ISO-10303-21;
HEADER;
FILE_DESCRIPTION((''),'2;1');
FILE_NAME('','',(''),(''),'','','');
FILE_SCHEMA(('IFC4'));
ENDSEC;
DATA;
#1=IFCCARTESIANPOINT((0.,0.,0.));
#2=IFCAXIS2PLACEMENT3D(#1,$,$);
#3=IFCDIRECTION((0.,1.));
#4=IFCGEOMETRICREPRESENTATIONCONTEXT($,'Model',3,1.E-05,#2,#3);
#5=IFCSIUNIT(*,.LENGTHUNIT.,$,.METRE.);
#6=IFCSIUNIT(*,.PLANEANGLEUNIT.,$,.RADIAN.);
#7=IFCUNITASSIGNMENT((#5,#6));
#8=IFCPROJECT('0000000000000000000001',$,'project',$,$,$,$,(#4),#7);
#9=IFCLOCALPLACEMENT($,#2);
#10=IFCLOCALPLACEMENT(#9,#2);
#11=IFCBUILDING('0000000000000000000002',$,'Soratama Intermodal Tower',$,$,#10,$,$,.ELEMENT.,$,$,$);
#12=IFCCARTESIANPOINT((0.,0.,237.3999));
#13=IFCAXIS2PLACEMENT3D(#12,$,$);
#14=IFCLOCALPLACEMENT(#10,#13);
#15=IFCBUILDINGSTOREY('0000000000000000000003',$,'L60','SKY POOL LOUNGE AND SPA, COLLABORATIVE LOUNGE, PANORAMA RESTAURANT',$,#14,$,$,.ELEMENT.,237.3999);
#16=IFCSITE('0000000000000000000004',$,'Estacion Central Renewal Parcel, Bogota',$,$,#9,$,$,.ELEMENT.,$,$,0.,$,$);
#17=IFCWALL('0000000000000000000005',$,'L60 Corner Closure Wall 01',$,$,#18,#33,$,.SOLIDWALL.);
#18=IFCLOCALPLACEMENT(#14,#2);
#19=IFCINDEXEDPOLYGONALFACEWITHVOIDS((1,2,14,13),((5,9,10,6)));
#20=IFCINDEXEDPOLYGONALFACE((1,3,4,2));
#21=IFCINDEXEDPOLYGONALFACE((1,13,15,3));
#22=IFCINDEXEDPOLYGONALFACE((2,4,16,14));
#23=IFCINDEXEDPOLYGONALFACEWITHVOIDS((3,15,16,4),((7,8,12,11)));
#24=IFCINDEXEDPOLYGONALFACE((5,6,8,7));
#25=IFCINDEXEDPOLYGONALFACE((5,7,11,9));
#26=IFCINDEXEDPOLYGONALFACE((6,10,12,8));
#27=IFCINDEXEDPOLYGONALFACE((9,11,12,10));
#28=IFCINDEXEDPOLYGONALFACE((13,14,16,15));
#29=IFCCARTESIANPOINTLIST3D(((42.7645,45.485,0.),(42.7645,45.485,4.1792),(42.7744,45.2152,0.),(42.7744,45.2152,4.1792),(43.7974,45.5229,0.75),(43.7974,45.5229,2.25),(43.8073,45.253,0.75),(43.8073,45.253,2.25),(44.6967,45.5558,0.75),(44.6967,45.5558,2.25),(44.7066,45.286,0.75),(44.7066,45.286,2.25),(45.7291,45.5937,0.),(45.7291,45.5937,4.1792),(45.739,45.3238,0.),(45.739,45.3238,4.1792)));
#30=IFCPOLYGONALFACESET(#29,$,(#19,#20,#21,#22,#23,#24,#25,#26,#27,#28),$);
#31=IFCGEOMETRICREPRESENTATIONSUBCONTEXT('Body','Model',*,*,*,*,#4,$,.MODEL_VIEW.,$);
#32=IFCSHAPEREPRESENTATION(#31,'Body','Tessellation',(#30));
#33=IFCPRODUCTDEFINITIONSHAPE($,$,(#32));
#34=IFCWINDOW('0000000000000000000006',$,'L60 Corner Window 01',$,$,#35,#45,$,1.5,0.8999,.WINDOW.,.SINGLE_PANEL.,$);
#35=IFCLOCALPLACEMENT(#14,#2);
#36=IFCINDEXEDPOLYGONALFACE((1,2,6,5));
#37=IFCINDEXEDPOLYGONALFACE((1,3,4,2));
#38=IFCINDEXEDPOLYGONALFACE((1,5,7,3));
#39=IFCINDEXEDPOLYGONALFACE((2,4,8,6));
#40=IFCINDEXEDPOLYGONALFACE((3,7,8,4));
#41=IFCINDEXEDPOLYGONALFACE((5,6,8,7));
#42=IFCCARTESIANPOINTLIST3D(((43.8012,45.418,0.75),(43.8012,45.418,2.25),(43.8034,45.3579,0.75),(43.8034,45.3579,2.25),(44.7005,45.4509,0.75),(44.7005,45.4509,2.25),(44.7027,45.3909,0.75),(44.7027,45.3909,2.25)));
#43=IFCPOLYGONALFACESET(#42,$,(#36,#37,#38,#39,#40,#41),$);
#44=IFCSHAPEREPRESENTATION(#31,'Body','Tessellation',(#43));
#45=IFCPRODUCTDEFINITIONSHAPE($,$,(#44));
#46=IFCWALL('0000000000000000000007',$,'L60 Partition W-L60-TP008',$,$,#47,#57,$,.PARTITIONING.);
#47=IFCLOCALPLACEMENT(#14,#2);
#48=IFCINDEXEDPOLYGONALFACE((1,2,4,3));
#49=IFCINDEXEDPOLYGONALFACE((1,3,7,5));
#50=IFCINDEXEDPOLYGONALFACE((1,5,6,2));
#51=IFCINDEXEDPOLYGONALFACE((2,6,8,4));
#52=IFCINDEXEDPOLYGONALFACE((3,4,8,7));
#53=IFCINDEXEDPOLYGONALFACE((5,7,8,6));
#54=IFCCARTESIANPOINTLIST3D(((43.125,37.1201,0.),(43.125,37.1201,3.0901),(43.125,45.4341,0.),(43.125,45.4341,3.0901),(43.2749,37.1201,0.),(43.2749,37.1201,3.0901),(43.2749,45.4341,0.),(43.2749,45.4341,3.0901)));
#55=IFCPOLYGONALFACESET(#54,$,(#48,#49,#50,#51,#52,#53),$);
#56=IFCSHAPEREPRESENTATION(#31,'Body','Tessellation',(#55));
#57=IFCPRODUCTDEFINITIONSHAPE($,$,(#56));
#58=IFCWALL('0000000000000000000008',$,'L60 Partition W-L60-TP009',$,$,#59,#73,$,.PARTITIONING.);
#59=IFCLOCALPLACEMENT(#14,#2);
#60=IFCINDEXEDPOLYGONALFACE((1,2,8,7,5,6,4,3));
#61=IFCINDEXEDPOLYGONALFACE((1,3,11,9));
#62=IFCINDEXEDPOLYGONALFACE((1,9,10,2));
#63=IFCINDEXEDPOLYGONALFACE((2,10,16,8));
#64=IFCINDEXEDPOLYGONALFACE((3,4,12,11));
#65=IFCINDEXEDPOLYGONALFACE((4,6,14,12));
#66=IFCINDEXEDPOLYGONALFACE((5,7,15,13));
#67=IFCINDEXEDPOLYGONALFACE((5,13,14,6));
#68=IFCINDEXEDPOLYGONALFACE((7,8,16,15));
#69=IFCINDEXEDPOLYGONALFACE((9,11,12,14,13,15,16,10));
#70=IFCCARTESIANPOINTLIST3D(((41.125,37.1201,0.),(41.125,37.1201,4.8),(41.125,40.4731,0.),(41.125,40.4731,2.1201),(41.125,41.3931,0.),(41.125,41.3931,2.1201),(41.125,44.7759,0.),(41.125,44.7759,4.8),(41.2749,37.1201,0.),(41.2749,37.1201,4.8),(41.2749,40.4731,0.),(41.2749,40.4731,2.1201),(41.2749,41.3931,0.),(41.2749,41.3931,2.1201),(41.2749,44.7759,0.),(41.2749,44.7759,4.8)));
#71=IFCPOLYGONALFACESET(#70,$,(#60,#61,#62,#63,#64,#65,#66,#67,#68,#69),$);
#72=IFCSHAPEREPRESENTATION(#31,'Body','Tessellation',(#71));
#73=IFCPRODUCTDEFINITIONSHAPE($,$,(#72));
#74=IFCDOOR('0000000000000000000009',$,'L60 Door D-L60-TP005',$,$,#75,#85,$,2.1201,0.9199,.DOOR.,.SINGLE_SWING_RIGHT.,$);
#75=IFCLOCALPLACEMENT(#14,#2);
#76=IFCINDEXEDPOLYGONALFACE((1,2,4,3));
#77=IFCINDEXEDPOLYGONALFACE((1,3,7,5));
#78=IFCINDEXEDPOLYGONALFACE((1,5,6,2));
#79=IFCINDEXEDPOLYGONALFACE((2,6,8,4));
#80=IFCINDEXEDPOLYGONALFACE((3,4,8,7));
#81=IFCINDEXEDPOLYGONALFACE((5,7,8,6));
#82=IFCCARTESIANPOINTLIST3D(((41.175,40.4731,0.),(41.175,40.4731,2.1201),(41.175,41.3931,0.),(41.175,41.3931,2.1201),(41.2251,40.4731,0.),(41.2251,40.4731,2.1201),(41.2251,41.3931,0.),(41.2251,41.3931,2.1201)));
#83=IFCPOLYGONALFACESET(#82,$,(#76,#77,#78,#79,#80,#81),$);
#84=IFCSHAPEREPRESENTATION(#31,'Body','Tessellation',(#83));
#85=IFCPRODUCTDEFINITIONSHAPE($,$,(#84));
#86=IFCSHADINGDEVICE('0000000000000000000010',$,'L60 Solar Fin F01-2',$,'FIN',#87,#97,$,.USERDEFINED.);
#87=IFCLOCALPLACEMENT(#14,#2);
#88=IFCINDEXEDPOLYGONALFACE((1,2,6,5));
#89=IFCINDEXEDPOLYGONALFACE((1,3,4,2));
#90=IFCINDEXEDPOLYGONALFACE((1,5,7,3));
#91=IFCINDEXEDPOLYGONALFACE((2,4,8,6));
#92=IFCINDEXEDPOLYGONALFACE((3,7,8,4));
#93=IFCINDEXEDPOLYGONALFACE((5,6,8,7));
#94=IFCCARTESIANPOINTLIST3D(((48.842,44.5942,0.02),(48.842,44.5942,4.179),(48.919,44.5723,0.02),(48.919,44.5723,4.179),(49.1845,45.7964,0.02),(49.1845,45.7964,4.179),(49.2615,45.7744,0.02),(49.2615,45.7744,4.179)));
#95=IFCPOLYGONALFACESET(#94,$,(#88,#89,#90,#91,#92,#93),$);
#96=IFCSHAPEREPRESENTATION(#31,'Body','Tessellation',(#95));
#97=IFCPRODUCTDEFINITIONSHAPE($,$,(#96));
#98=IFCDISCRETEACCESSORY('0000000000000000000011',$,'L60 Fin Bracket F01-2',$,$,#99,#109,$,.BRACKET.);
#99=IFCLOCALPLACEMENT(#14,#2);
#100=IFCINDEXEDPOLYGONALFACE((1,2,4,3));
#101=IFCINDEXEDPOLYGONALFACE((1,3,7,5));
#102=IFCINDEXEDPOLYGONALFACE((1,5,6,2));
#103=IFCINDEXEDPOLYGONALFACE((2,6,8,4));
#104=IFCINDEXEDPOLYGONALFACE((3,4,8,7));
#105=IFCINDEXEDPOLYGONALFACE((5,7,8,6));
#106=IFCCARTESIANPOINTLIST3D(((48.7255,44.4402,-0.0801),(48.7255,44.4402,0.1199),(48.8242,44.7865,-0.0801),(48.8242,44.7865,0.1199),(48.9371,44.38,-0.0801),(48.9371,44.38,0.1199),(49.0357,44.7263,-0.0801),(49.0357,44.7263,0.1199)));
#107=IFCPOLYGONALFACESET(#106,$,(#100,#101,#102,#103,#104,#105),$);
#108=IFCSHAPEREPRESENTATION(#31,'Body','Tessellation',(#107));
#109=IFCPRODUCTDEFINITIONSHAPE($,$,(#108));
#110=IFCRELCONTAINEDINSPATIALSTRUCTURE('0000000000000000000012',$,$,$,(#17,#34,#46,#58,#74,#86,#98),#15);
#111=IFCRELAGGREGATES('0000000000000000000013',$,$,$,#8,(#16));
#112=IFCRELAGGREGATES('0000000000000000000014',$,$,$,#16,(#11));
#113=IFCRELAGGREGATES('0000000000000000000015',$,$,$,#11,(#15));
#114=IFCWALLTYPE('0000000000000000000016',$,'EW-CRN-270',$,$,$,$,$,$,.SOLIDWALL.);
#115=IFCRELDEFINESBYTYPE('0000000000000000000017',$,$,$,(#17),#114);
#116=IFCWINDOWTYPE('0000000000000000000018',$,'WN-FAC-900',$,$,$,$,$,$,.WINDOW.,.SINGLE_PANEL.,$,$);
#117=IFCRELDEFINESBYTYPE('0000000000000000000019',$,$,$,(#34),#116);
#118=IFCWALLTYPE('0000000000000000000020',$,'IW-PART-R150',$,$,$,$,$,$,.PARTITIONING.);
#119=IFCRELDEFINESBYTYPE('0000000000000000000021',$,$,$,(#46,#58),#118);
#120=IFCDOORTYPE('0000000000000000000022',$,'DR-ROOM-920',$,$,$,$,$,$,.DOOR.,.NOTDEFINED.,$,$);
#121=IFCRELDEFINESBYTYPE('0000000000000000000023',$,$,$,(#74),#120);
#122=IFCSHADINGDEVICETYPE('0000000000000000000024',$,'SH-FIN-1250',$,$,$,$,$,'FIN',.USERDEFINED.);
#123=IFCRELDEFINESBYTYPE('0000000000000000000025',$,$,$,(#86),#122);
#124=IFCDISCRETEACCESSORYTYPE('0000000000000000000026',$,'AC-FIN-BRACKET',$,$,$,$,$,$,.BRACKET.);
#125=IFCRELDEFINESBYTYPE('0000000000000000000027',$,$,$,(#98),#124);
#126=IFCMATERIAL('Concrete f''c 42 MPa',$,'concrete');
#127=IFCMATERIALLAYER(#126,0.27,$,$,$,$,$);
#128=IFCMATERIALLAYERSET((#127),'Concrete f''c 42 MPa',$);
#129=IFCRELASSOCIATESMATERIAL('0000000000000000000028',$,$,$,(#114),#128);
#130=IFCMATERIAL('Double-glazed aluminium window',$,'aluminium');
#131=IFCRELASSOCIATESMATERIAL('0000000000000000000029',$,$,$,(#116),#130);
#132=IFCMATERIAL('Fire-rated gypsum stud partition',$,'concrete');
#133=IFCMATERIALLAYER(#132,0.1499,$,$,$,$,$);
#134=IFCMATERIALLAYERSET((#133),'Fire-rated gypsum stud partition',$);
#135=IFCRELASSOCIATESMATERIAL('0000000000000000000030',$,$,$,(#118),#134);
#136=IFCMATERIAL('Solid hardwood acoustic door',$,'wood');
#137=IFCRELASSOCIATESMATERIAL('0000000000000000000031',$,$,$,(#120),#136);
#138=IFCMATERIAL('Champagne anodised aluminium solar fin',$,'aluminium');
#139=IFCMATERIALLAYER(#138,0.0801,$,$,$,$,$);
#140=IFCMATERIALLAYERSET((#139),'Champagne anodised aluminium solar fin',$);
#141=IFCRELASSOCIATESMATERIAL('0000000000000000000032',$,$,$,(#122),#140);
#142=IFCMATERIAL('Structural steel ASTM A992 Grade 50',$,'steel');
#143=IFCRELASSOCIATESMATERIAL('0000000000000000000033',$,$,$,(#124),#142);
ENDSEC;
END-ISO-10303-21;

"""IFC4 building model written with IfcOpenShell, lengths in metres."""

from ifc_helpers import new_model, si_unit, direction, frame, frame_2d, origin, origin_2d, place, context, subcontext, project, spatial, rectangle, extrude, material, layer, layer_set, type_object, element, fill, save


model = new_model("IFC4")

# Units and contexts
model_context = context("Model", 3, precision=1e-05, world=origin(), true_north=direction((0.0, 1.0)))
body_context = subcontext(model_context, "Body", "Model", "MODEL_VIEW")
ifc_project = project(units=[si_unit("LENGTHUNIT", "METRE"), si_unit("PLANEANGLEUNIT", "RADIAN")], contexts=[model_context])

# Site, building, storey
site_placement = place(None, origin())
site = spatial("IfcSite", under=ifc_project, at=site_placement, Name="Estacion Central Renewal Parcel, Bogota", CompositionType="ELEMENT", RefElevation=0.0)
building_placement = place(site_placement, origin())
building = spatial("IfcBuilding", under=site, at=building_placement, Name="Soratama Intermodal Tower", CompositionType="ELEMENT")
storey_placement = place(building_placement, frame((0.0, 0.0, 237.3999)))
storey = spatial("IfcBuildingStorey", under=building, at=storey_placement, Name="L60", Description="SKY POOL LOUNGE AND SPA, COLLABORATIVE LOUNGE, PANORAMA RESTAURANT", CompositionType="ELEMENT", Elevation=237.3999)

# Wall, opening, window
ifc_material_1 = material(Name="Concrete f'c 42 MPa", Category="concrete")
ifc_layer_1 = layer(ifc_material_1, 0.27)
ifc_layer_set_1 = layer_set([ifc_layer_1], Name="Concrete f'c 42 MPa")
wall_type_1 = type_object("IfcWallType", Name="EW-CRN-270", PredefinedType="SOLIDWALL", material=ifc_layer_set_1)
wall_1_placement = place(storey_placement, frame((45.7341, 45.4587, 0.0), z_axis=(0.0, 0.0, 1.0), x_axis=(-0.999329, -0.036622, 0.0)))
wall_1 = element("IfcWall", 1, at=wall_1_placement, inside=storey, type_object=wall_type_1, Name="L60 Corner Closure Wall 01", PredefinedType="SOLIDWALL", context=body_context, shape_type="SweptSolid", body=[
    extrude(rectangle(XDim=2.9666, YDim=0.27, at=frame_2d((1.4834, 0.0))), origin(), (0.0, 0.0, 1.0), 4.1792),
])
opening_1_placement = place(wall_1_placement, frame((1.0332, 0.0, 0.75)))
opening_1 = element("IfcOpeningElement", 2, at=opening_1_placement, cuts=wall_1, PredefinedType="OPENING", context=body_context, shape_type="SweptSolid", body=[
    extrude(rectangle(XDim=0.8999, YDim=1.5, at=frame_2d((0.45, 0.75))), frame((0.0, 0.145, 0.0), z_axis=(0.0, -1.0, 0.0), x_axis=(1.0, 0.0, 0.0)), (0.0, 0.0, 1.0), 0.29),
])
ifc_material_2 = material(Name="Double-glazed aluminium window", Category="aluminium")
window_type = type_object("IfcWindowType", Name="WN-FAC-900", PartitioningType="SINGLE_PANEL", PredefinedType="WINDOW", material=ifc_material_2)
window_placement = place(opening_1_placement, origin())
window = element("IfcWindow", 3, at=window_placement, inside=storey, type_object=window_type, Name="L60 Corner Window 01", OverallHeight=1.5, OverallWidth=0.8999, PartitioningType="SINGLE_PANEL", PredefinedType="WINDOW", context=body_context, shape_type="SweptSolid", body=[
    extrude(rectangle(XDim=0.8999, YDim=1.5, at=frame_2d((0.45, 0.75))), frame((0.0, 0.03, 0.0), z_axis=(0.0, -1.0, 0.0), x_axis=(1.0, 0.0, 0.0)), (0.0, 0.0, 1.0), 0.0601),
])
fill(opening_1, window)

# Wall
ifc_material_3 = material(Name="Fire-rated gypsum stud partition", Category="concrete")
ifc_layer_2 = layer(ifc_material_3, 0.1499)
ifc_layer_set_2 = layer_set([ifc_layer_2], Name="Fire-rated gypsum stud partition")
wall_type_2 = type_object("IfcWallType", Name="IW-PART-R150", PredefinedType="PARTITIONING", material=ifc_layer_set_2)
wall_2_placement = place(storey_placement, frame((43.2, 45.4341, 0.0), z_axis=(0.0, 0.0, 1.0), x_axis=(0.0, -1.0, 0.0)))
element("IfcWall", 4, at=wall_2_placement, inside=storey, type_object=wall_type_2, Name="L60 Partition W-L60-TP008", PredefinedType="PARTITIONING", context=body_context, shape_type="SweptSolid", body=[
    extrude(rectangle(XDim=8.314, YDim=0.1499, at=frame_2d((4.157, 0.0))), origin(), (0.0, 0.0, 1.0), 3.0901),
])

# Wall, opening, door
wall_3_placement = place(storey_placement, frame((41.2, 37.1201, 0.0), z_axis=(0.0, 0.0, 1.0), x_axis=(0.0, 1.0, 0.0)))
wall_3 = element("IfcWall", 5, at=wall_3_placement, inside=storey, type_object=wall_type_2, Name="L60 Partition W-L60-TP009", PredefinedType="PARTITIONING", context=body_context, shape_type="SweptSolid", body=[
    extrude(rectangle(XDim=7.6558, YDim=0.1499, at=frame_2d((3.8279, 0.0))), origin(), (0.0, 0.0, 1.0), 4.8),
])
opening_2_placement = place(wall_3_placement, frame((3.353, 0.0, 0.0)))
opening_2 = element("IfcOpeningElement", 6, at=opening_2_placement, cuts=wall_3, PredefinedType="OPENING", context=body_context, shape_type="SweptSolid", body=[
    extrude(rectangle(XDim=0.9199, YDim=2.1201, at=frame_2d((0.46, 1.0601))), frame((0.0, 0.085, 0.0), z_axis=(0.0, -1.0, 0.0), x_axis=(1.0, 0.0, 0.0)), (0.0, 0.0, 1.0), 0.1699),
])
ifc_material_4 = material(Name="Solid hardwood acoustic door", Category="wood")
door_type = type_object("IfcDoorType", Name="DR-ROOM-920", OperationType="NOTDEFINED", PredefinedType="DOOR", material=ifc_material_4)
door_placement = place(opening_2_placement, origin())
door = element("IfcDoor", 7, at=door_placement, inside=storey, type_object=door_type, Name="L60 Door D-L60-TP005", OperationType="SINGLE_SWING_RIGHT", OverallHeight=2.1201, OverallWidth=0.9199, PredefinedType="DOOR", context=body_context, shape_type="SweptSolid", body=[
    extrude(rectangle(XDim=0.9199, YDim=2.1201, at=frame_2d((0.46, 1.0601))), frame((0.0, 0.0249, 0.0), z_axis=(0.0, -1.0, 0.0), x_axis=(1.0, 0.0, 0.0)), (0.0, 0.0, 1.0), 0.05),
])
fill(opening_2, door)

# Shading device
ifc_material_5 = material(Name="Champagne anodised aluminium solar fin", Category="aluminium")
ifc_layer_3 = layer(ifc_material_5, 0.0801)
ifc_layer_set_3 = layer_set([ifc_layer_3], Name="Champagne anodised aluminium solar fin")
shading_device_type = type_object("IfcShadingDeviceType", Name="SH-FIN-1250", ElementType="FIN", PredefinedType="USERDEFINED", material=ifc_layer_set_3)
shading_device_placement = place(storey_placement, frame((49.0518, 45.1843, 0.02), z_axis=(0.0, 0.0, 1.0), x_axis=(0.273959, 0.961741, 0.0)))
element("IfcShadingDevice", 8, at=shading_device_placement, inside=storey, type_object=shading_device_type, Name="L60 Solar Fin F01-2", ObjectType="FIN", PredefinedType="USERDEFINED", context=body_context, shape_type="SweptSolid", body=[
    extrude(rectangle(XDim=1.25, YDim=0.0801, at=origin_2d()), origin(), (0.0, 0.0, 1.0), 4.1589),
])

# Discrete accessory
ifc_material_6 = material(Name="Structural steel ASTM A992 Grade 50", Category="steel")
discrete_accessory_type = type_object("IfcDiscreteAccessoryType", Name="AC-FIN-BRACKET", PredefinedType="BRACKET", material=ifc_material_6)
discrete_accessory_placement = place(storey_placement, frame((48.8806, 44.5833, -0.0801), z_axis=(0.0, 0.0, 1.0), x_axis=(0.273959, 0.961741, 0.0)))
element("IfcDiscreteAccessory", 9, at=discrete_accessory_placement, inside=storey, type_object=discrete_accessory_type, Name="L60 Fin Bracket F01-2", PredefinedType="BRACKET", context=body_context, shape_type="SweptSolid", body=[
    extrude(rectangle(XDim=0.3601, YDim=0.22, at=origin_2d()), origin(), (0.0, 0.0, 1.0), 0.2),
])

save(model, "model.ifc")
